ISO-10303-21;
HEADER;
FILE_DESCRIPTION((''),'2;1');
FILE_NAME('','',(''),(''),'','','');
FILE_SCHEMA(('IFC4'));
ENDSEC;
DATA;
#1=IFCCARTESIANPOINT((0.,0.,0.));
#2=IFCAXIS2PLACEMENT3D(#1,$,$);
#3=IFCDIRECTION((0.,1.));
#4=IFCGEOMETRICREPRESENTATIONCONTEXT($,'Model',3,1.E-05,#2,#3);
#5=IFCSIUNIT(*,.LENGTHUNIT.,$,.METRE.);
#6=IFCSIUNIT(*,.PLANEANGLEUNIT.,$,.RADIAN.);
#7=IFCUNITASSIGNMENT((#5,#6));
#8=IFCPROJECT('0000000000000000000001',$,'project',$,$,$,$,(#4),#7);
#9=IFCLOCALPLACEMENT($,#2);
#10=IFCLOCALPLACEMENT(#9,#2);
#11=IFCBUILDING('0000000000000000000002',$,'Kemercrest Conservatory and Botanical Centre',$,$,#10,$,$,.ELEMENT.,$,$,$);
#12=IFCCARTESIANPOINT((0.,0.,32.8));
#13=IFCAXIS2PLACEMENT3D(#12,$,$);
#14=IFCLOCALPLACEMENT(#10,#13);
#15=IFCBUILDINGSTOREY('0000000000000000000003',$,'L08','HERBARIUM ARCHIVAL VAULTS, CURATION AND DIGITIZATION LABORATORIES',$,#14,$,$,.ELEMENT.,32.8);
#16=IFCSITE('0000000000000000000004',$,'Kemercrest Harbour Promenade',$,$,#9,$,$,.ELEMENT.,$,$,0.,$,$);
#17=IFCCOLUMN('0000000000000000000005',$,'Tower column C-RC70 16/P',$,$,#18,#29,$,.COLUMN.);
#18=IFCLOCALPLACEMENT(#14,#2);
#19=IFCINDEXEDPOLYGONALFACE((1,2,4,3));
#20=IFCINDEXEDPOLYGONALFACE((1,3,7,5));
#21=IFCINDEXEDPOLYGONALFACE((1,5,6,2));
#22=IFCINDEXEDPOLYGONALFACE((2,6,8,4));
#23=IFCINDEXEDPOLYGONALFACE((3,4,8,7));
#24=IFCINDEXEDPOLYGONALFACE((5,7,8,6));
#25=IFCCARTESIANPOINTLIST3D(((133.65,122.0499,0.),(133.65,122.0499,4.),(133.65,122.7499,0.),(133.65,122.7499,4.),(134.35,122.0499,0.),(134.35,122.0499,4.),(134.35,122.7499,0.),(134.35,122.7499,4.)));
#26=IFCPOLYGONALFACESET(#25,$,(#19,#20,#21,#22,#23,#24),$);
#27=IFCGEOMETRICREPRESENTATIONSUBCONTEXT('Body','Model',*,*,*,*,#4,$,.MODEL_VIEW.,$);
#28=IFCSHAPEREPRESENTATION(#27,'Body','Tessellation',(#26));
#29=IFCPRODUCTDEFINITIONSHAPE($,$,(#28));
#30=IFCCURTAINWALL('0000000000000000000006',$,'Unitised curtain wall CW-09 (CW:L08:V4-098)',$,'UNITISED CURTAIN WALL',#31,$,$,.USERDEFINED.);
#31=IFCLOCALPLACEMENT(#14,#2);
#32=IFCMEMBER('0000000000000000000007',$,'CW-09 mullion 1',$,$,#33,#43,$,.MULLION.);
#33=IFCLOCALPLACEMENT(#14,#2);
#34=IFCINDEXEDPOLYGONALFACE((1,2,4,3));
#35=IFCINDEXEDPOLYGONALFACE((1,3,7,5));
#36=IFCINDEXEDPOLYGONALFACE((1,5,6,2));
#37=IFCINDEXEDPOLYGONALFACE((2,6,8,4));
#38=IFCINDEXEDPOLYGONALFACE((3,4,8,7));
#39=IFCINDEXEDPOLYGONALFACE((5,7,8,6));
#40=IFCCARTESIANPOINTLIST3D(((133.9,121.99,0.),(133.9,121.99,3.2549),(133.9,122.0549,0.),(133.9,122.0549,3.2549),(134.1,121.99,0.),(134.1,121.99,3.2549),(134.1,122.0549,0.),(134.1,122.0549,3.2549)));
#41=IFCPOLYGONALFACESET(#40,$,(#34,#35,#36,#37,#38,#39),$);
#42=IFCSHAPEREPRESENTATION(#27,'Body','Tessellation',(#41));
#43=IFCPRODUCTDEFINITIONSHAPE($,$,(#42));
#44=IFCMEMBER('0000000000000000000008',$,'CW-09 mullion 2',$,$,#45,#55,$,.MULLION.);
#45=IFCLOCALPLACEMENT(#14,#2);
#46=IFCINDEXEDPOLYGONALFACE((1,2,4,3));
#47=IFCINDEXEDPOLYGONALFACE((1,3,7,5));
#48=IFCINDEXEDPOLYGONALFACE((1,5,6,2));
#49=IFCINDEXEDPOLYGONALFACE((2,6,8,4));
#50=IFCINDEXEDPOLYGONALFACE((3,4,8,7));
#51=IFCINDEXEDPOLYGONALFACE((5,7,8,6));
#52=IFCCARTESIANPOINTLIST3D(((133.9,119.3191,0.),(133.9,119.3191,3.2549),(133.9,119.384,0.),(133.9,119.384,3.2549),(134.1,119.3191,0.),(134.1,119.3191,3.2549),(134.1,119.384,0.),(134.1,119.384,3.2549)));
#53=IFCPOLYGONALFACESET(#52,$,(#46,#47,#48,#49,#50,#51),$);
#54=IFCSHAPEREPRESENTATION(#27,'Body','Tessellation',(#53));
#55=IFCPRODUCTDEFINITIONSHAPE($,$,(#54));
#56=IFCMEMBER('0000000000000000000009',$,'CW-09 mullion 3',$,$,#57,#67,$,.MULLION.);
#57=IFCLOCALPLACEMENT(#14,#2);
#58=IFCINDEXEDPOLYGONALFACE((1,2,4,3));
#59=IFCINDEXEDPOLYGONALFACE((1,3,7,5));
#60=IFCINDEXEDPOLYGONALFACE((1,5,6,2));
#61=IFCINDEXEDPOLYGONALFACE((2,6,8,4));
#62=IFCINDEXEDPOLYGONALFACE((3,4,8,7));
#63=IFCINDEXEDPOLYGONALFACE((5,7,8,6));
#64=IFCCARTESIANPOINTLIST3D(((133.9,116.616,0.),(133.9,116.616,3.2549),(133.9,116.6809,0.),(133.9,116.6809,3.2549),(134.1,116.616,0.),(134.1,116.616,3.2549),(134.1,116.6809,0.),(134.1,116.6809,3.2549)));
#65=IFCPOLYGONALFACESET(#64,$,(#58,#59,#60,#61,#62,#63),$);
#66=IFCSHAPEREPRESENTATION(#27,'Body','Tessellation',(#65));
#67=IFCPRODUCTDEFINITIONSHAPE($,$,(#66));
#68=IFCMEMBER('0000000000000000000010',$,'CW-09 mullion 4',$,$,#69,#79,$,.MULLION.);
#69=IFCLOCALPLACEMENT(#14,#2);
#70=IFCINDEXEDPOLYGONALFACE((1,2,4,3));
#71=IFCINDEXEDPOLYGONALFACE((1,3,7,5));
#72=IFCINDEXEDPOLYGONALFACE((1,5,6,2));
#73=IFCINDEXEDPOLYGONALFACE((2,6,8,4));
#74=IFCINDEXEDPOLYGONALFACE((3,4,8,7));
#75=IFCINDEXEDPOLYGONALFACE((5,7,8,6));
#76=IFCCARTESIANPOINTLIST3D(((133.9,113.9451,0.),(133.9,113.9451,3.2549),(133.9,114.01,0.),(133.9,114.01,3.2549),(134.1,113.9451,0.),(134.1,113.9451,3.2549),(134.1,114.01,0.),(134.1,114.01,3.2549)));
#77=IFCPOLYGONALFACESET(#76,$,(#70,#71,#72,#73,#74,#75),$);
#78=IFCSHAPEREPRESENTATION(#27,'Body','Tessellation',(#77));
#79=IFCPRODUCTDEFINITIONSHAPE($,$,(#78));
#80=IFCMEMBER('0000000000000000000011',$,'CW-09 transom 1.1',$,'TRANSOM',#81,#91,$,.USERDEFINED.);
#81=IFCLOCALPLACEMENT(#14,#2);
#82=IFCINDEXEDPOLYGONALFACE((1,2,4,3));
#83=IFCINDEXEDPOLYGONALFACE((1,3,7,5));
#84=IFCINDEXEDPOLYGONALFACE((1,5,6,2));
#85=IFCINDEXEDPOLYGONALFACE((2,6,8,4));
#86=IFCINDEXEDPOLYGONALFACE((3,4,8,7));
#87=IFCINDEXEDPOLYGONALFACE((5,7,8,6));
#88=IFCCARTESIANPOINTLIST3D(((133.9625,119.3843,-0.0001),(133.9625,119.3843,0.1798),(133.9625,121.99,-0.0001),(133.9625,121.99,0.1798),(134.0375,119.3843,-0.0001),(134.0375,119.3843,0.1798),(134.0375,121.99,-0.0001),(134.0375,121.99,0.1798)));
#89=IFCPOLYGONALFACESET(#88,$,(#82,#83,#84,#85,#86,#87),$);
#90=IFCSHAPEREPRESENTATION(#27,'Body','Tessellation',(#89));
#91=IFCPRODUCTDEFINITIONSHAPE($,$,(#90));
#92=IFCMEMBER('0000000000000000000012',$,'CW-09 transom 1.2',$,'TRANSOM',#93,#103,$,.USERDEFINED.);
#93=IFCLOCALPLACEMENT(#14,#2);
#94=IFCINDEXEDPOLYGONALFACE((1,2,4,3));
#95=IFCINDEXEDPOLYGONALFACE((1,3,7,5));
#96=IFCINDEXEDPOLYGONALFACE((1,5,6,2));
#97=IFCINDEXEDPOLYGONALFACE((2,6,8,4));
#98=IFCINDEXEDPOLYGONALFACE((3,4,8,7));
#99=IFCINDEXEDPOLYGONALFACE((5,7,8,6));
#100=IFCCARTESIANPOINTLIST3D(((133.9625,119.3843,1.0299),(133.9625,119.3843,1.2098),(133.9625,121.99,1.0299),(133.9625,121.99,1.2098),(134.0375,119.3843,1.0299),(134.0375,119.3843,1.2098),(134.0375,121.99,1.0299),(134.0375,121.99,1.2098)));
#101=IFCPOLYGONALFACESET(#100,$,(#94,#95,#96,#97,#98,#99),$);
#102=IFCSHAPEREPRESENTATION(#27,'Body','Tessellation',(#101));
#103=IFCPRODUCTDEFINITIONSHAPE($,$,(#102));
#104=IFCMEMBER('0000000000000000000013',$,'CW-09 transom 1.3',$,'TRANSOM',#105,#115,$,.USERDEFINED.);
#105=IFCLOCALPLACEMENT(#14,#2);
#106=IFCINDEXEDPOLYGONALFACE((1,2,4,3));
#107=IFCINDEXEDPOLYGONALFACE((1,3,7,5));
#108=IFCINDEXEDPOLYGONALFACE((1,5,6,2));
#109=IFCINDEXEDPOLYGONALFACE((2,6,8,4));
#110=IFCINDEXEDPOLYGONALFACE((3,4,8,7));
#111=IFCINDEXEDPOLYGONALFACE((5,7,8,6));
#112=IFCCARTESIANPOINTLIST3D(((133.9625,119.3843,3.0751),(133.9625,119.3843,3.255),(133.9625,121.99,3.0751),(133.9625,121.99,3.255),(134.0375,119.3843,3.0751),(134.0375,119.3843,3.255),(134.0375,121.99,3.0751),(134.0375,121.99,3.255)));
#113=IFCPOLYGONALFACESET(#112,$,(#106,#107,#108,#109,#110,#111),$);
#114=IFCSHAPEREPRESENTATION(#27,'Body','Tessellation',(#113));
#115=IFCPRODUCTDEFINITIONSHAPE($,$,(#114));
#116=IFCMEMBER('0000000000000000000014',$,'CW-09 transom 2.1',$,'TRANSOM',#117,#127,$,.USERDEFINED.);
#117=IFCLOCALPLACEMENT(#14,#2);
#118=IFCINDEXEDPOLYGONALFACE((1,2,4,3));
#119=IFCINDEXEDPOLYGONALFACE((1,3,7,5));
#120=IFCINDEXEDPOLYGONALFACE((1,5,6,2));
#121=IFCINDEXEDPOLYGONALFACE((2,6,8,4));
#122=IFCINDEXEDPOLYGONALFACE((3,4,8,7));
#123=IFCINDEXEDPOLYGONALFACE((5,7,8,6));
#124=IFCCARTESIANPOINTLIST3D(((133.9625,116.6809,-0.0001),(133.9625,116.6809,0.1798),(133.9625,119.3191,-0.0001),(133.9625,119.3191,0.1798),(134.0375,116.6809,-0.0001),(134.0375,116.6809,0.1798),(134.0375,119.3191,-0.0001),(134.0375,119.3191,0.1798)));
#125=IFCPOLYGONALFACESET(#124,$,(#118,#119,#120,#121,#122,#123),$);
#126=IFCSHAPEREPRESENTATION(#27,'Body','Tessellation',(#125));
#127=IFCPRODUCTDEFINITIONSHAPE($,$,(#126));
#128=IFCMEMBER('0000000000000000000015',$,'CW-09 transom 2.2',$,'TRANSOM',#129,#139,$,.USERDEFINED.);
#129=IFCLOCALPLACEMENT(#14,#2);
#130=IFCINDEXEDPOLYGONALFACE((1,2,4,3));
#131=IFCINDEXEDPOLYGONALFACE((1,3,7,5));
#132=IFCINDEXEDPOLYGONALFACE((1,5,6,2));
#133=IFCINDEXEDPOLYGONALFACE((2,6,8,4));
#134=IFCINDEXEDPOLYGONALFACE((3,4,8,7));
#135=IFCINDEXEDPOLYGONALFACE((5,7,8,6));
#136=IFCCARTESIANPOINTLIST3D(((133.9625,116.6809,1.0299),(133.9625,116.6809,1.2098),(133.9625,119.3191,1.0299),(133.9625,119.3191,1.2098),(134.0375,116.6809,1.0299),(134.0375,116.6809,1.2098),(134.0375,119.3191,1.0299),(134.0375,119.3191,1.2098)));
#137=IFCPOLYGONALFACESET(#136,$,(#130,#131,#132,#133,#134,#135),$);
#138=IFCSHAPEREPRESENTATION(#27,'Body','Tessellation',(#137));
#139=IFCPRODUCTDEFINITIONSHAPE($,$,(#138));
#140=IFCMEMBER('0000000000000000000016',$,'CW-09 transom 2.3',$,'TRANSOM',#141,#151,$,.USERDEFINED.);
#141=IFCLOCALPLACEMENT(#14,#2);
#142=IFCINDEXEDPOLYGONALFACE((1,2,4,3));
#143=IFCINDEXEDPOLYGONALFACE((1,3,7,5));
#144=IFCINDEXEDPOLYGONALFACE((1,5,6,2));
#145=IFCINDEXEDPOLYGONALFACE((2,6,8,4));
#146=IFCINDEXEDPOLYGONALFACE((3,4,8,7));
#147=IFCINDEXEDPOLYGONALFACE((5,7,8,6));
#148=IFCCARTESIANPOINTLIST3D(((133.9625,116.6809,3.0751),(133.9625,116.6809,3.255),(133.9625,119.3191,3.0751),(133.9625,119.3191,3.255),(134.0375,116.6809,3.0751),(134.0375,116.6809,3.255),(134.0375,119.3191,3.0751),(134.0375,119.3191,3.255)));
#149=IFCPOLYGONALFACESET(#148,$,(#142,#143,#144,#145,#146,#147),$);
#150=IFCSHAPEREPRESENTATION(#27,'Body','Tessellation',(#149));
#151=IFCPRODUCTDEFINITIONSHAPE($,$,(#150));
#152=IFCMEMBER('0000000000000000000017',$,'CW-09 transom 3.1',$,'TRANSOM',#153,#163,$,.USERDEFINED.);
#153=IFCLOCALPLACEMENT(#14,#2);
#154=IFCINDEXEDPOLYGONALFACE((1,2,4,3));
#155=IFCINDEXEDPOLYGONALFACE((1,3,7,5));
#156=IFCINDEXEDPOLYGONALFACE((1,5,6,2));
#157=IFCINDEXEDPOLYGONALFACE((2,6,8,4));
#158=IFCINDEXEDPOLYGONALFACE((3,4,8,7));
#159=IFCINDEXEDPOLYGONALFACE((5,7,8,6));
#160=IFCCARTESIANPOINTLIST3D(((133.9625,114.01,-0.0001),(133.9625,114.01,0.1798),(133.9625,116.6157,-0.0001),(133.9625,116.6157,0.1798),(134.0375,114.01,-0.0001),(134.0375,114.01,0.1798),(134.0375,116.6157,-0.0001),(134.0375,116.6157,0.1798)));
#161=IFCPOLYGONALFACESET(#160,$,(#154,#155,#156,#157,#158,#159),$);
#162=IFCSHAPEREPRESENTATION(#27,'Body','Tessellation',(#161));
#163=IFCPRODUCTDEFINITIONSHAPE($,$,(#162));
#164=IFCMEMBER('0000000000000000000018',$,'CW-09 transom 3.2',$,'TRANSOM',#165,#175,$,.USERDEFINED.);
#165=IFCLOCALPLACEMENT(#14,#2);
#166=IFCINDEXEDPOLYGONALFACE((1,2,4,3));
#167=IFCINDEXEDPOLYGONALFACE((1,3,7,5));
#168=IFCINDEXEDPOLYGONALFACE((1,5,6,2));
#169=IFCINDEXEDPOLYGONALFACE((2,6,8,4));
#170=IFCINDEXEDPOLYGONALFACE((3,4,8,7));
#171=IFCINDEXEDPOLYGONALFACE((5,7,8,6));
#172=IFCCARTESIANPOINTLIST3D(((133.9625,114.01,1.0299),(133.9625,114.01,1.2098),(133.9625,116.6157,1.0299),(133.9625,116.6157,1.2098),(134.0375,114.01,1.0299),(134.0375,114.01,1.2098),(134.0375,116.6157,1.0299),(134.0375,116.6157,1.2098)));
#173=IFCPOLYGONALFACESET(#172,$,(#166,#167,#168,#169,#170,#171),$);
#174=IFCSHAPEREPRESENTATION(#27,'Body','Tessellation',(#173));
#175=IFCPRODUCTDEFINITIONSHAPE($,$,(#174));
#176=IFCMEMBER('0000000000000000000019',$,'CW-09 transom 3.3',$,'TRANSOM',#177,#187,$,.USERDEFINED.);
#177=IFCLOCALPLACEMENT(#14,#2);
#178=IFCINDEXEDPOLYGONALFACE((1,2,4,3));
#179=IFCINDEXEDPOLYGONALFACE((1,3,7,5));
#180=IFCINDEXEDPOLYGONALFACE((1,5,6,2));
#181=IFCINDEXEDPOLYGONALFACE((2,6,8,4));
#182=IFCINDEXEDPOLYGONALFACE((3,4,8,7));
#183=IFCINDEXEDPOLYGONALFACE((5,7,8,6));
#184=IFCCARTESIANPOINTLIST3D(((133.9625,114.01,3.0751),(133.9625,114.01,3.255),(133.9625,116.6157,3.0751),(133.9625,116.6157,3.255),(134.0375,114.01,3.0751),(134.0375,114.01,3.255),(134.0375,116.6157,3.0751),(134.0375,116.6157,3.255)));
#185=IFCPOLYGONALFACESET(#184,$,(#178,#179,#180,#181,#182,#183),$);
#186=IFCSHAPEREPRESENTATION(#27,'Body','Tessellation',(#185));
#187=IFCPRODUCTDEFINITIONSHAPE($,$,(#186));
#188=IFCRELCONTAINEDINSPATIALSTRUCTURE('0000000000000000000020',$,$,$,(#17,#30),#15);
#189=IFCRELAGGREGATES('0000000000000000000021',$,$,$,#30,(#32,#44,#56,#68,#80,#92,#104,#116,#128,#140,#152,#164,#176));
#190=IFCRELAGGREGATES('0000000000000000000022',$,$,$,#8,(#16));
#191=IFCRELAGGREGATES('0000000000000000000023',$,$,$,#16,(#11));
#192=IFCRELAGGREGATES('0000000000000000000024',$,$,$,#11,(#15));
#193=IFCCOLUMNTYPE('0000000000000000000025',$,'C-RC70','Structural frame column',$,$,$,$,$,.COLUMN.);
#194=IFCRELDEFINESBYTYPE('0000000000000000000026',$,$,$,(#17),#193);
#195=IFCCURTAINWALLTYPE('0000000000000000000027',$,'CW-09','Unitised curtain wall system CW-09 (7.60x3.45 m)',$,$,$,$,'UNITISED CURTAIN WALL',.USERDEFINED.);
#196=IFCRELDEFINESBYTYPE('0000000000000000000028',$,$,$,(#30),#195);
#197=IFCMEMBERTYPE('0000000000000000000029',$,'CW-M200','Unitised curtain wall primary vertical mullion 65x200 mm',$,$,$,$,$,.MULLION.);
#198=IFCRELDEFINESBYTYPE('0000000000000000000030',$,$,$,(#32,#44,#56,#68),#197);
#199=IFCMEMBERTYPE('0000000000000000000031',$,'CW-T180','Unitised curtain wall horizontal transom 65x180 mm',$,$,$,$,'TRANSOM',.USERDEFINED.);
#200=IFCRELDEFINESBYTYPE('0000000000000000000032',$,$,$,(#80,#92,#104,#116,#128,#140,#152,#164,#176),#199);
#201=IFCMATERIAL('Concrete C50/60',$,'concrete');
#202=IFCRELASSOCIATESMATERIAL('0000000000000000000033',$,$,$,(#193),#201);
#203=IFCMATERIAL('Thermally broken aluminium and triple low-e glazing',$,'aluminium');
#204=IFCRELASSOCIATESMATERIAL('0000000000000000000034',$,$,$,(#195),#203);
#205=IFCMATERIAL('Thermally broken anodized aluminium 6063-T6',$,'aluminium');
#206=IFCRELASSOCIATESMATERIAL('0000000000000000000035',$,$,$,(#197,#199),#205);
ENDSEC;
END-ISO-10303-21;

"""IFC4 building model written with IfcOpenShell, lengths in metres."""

from ifc_helpers import new_model, si_unit, direction, frame, origin, origin_2d, place, context, subcontext, project, spatial, rectangle, extrude, material, material_profile, profile_set, type_object, element, aggregate, save


model = new_model("IFC4")

# Units and contexts
model_context = context("Model", 3, precision=1e-05, world=origin(), true_north=direction((0.0, 1.0)))
body_context = subcontext(model_context, "Body", "Model", "MODEL_VIEW")
ifc_project = project(units=[si_unit("LENGTHUNIT", "METRE"), si_unit("PLANEANGLEUNIT", "RADIAN")], contexts=[model_context])

# Site, building, storey
site_placement = place(None, origin())
site = spatial("IfcSite", under=ifc_project, at=site_placement, Name="Kemercrest Harbour Promenade", CompositionType="ELEMENT", RefElevation=0.0)
building_placement = place(site_placement, origin())
building = spatial("IfcBuilding", under=site, at=building_placement, Name="Kemercrest Conservatory and Botanical Centre", CompositionType="ELEMENT")
storey_placement = place(building_placement, frame((0.0, 0.0, 32.8)))
storey = spatial("IfcBuildingStorey", under=building, at=storey_placement, Name="L08", Description="HERBARIUM ARCHIVAL VAULTS, CURATION AND DIGITIZATION LABORATORIES", CompositionType="ELEMENT", Elevation=32.8)

# Column
ifc_material_1 = material(Name="Concrete C50/60", Category="concrete")
ifc_material_profile_1 = material_profile(ifc_material_1, rectangle(XDim=0.7, YDim=0.7, at=origin_2d()), Name="RC 700x700")
ifc_profile_set_1 = profile_set([ifc_material_profile_1], Name="Concrete C50/60")
column_type = type_object("IfcColumnType", Name="C-RC70", Description="Structural frame column", PredefinedType="COLUMN", material=ifc_profile_set_1)
column_placement = place(storey_placement, frame((134.0, 122.3999, 0.0), z_axis=(0.0, 0.0, 1.0), x_axis=(1.0, 0.0, 0.0)))
element("IfcColumn", 1, at=column_placement, inside=storey, type_object=column_type, Name="Tower column C-RC70 16/P", PredefinedType="COLUMN", context=body_context, shape_type="SweptSolid", body=[
    extrude(rectangle(XDim=0.7, YDim=0.7, at=origin_2d()), origin(), (0.0, 0.0, 1.0), 4.0),
])

# Curtain wall, members
ifc_material_2 = material(Name="Thermally broken aluminium and triple low-e glazing", Category="aluminium")
curtain_wall_type = type_object("IfcCurtainWallType", Name="CW-09", Description="Unitised curtain wall system CW-09 (7.60x3.45 m)", ElementType="UNITISED CURTAIN WALL", PredefinedType="USERDEFINED", material=ifc_material_2)
curtain_wall_placement = place(storey_placement, origin())
curtain_wall = element("IfcCurtainWall", 2, at=curtain_wall_placement, inside=storey, type_object=curtain_wall_type, Name="Unitised curtain wall CW-09 (CW:L08:V4-098)", ObjectType="UNITISED CURTAIN WALL", PredefinedType="USERDEFINED")
ifc_material_3 = material(Name="Thermally broken anodized aluminium 6063-T6", Category="aluminium")
ifc_material_profile_2 = material_profile(ifc_material_3, rectangle(XDim=0.2, YDim=0.0649, at=origin_2d()), Name="AL MULLION 65x200")
ifc_profile_set_2 = profile_set([ifc_material_profile_2], Name="Thermally broken anodized aluminium 6063-T6")
member_type_1 = type_object("IfcMemberType", Name="CW-M200", Description="Unitised curtain wall primary vertical mullion 65x200 mm", PredefinedType="MULLION", material=ifc_profile_set_2)
member_1_placement = place(storey_placement, frame((134.0, 122.0225, 0.0), z_axis=(0.0, 0.0, 1.0), x_axis=(1.0, 0.0, 0.0)))
member_1 = element("IfcMember", 3, at=member_1_placement, type_object=member_type_1, Name="CW-09 mullion 1", PredefinedType="MULLION", context=body_context, shape_type="SweptSolid", body=[
    extrude(rectangle(XDim=0.2, YDim=0.0649, at=origin_2d()), origin(), (0.0, 0.0, 1.0), 3.2549),
])
member_2_placement = place(storey_placement, frame((134.0, 119.3516, 0.0), z_axis=(0.0, 0.0, 1.0), x_axis=(1.0, 0.0, 0.0)))
member_2 = element("IfcMember", 4, at=member_2_placement, type_object=member_type_1, Name="CW-09 mullion 2", PredefinedType="MULLION", context=body_context, shape_type="SweptSolid", body=[
    extrude(rectangle(XDim=0.2, YDim=0.0649, at=origin_2d()), origin(), (0.0, 0.0, 1.0), 3.2549),
])
member_3_placement = place(storey_placement, frame((134.0, 116.6484, 0.0), z_axis=(0.0, 0.0, 1.0), x_axis=(1.0, 0.0, 0.0)))
member_3 = element("IfcMember", 5, at=member_3_placement, type_object=member_type_1, Name="CW-09 mullion 3", PredefinedType="MULLION", context=body_context, shape_type="SweptSolid", body=[
    extrude(rectangle(XDim=0.2, YDim=0.0649, at=origin_2d()), origin(), (0.0, 0.0, 1.0), 3.2549),
])
member_4_placement = place(storey_placement, frame((134.0, 113.9775, 0.0), z_axis=(0.0, 0.0, 1.0), x_axis=(1.0, 0.0, 0.0)))
member_4 = element("IfcMember", 6, at=member_4_placement, type_object=member_type_1, Name="CW-09 mullion 4", PredefinedType="MULLION", context=body_context, shape_type="SweptSolid", body=[
    extrude(rectangle(XDim=0.2, YDim=0.0649, at=origin_2d()), origin(), (0.0, 0.0, 1.0), 3.2549),
])
ifc_material_profile_3 = material_profile(ifc_material_3, rectangle(XDim=0.075, YDim=0.1799, at=origin_2d()), Name="AL TRANSOM 75x180")
ifc_profile_set_3 = profile_set([ifc_material_profile_3], Name="Thermally broken anodized aluminium 6063-T6")
member_type_2 = type_object("IfcMemberType", Name="CW-T180", Description="Unitised curtain wall horizontal transom 65x180 mm", ElementType="TRANSOM", PredefinedType="USERDEFINED", material=ifc_profile_set_3)
member_5_placement = place(storey_placement, frame((134.0, 121.99, 0.0898), z_axis=(0.0, -1.0, 0.0), x_axis=(1.0, 0.0, 0.0)))
member_5 = element("IfcMember", 7, at=member_5_placement, type_object=member_type_2, Name="CW-09 transom 1.1", ObjectType="TRANSOM", PredefinedType="USERDEFINED", context=body_context, shape_type="SweptSolid", body=[
    extrude(rectangle(XDim=0.075, YDim=0.1799, at=origin_2d()), origin(), (0.0, 0.0, 1.0), 2.6057),
])
member_6_placement = place(storey_placement, frame((134.0, 121.99, 1.1199), z_axis=(0.0, -1.0, 0.0), x_axis=(1.0, 0.0, 0.0)))
member_6 = element("IfcMember", 8, at=member_6_placement, type_object=member_type_2, Name="CW-09 transom 1.2", ObjectType="TRANSOM", PredefinedType="USERDEFINED", context=body_context, shape_type="SweptSolid", body=[
    extrude(rectangle(XDim=0.075, YDim=0.1799, at=origin_2d()), origin(), (0.0, 0.0, 1.0), 2.6057),
])
member_7_placement = place(storey_placement, frame((134.0, 121.99, 3.165), z_axis=(0.0, -1.0, 0.0), x_axis=(1.0, 0.0, 0.0)))
member_7 = element("IfcMember", 9, at=member_7_placement, type_object=member_type_2, Name="CW-09 transom 1.3", ObjectType="TRANSOM", PredefinedType="USERDEFINED", context=body_context, shape_type="SweptSolid", body=[
    extrude(rectangle(XDim=0.075, YDim=0.1799, at=origin_2d()), origin(), (0.0, 0.0, 1.0), 2.6057),
])
member_8_placement = place(storey_placement, frame((134.0, 119.3191, 0.0898), z_axis=(0.0, -1.0, 0.0), x_axis=(1.0, 0.0, 0.0)))
member_8 = element("IfcMember", 10, at=member_8_placement, type_object=member_type_2, Name="CW-09 transom 2.1", ObjectType="TRANSOM", PredefinedType="USERDEFINED", context=body_context, shape_type="SweptSolid", body=[
    extrude(rectangle(XDim=0.075, YDim=0.1799, at=origin_2d()), origin(), (0.0, 0.0, 1.0), 2.6382),
])
member_9_placement = place(storey_placement, frame((134.0, 119.3191, 1.1199), z_axis=(0.0, -1.0, 0.0), x_axis=(1.0, 0.0, 0.0)))
member_9 = element("IfcMember", 11, at=member_9_placement, type_object=member_type_2, Name="CW-09 transom 2.2", ObjectType="TRANSOM", PredefinedType="USERDEFINED", context=body_context, shape_type="SweptSolid", body=[
    extrude(rectangle(XDim=0.075, YDim=0.1799, at=origin_2d()), origin(), (0.0, 0.0, 1.0), 2.6382),
])
member_10_placement = place(storey_placement, frame((134.0, 119.3191, 3.165), z_axis=(0.0, -1.0, 0.0), x_axis=(1.0, 0.0, 0.0)))
member_10 = element("IfcMember", 12, at=member_10_placement, type_object=member_type_2, Name="CW-09 transom 2.3", ObjectType="TRANSOM", PredefinedType="USERDEFINED", context=body_context, shape_type="SweptSolid", body=[
    extrude(rectangle(XDim=0.075, YDim=0.1799, at=origin_2d()), origin(), (0.0, 0.0, 1.0), 2.6382),
])
member_11_placement = place(storey_placement, frame((134.0, 116.6157, 0.0898), z_axis=(0.0, -1.0, 0.0), x_axis=(1.0, 0.0, 0.0)))
member_11 = element("IfcMember", 13, at=member_11_placement, type_object=member_type_2, Name="CW-09 transom 3.1", ObjectType="TRANSOM", PredefinedType="USERDEFINED", context=body_context, shape_type="SweptSolid", body=[
    extrude(rectangle(XDim=0.075, YDim=0.1799, at=origin_2d()), origin(), (0.0, 0.0, 1.0), 2.6057),
])
member_12_placement = place(storey_placement, frame((134.0, 116.6157, 1.1199), z_axis=(0.0, -1.0, 0.0), x_axis=(1.0, 0.0, 0.0)))
member_12 = element("IfcMember", 14, at=member_12_placement, type_object=member_type_2, Name="CW-09 transom 3.2", ObjectType="TRANSOM", PredefinedType="USERDEFINED", context=body_context, shape_type="SweptSolid", body=[
    extrude(rectangle(XDim=0.075, YDim=0.1799, at=origin_2d()), origin(), (0.0, 0.0, 1.0), 2.6057),
])
member_13_placement = place(storey_placement, frame((134.0, 116.6157, 3.165), z_axis=(0.0, -1.0, 0.0), x_axis=(1.0, 0.0, 0.0)))
member_13 = element("IfcMember", 15, at=member_13_placement, type_object=member_type_2, Name="CW-09 transom 3.3", ObjectType="TRANSOM", PredefinedType="USERDEFINED", context=body_context, shape_type="SweptSolid", body=[
    extrude(rectangle(XDim=0.075, YDim=0.1799, at=origin_2d()), origin(), (0.0, 0.0, 1.0), 2.6057),
])

aggregate(curtain_wall, [member_1, member_2, member_3, member_4, member_5, member_6, member_7, member_8, member_9, member_10, member_11, member_12, member_13])

save(model, "model.ifc")
